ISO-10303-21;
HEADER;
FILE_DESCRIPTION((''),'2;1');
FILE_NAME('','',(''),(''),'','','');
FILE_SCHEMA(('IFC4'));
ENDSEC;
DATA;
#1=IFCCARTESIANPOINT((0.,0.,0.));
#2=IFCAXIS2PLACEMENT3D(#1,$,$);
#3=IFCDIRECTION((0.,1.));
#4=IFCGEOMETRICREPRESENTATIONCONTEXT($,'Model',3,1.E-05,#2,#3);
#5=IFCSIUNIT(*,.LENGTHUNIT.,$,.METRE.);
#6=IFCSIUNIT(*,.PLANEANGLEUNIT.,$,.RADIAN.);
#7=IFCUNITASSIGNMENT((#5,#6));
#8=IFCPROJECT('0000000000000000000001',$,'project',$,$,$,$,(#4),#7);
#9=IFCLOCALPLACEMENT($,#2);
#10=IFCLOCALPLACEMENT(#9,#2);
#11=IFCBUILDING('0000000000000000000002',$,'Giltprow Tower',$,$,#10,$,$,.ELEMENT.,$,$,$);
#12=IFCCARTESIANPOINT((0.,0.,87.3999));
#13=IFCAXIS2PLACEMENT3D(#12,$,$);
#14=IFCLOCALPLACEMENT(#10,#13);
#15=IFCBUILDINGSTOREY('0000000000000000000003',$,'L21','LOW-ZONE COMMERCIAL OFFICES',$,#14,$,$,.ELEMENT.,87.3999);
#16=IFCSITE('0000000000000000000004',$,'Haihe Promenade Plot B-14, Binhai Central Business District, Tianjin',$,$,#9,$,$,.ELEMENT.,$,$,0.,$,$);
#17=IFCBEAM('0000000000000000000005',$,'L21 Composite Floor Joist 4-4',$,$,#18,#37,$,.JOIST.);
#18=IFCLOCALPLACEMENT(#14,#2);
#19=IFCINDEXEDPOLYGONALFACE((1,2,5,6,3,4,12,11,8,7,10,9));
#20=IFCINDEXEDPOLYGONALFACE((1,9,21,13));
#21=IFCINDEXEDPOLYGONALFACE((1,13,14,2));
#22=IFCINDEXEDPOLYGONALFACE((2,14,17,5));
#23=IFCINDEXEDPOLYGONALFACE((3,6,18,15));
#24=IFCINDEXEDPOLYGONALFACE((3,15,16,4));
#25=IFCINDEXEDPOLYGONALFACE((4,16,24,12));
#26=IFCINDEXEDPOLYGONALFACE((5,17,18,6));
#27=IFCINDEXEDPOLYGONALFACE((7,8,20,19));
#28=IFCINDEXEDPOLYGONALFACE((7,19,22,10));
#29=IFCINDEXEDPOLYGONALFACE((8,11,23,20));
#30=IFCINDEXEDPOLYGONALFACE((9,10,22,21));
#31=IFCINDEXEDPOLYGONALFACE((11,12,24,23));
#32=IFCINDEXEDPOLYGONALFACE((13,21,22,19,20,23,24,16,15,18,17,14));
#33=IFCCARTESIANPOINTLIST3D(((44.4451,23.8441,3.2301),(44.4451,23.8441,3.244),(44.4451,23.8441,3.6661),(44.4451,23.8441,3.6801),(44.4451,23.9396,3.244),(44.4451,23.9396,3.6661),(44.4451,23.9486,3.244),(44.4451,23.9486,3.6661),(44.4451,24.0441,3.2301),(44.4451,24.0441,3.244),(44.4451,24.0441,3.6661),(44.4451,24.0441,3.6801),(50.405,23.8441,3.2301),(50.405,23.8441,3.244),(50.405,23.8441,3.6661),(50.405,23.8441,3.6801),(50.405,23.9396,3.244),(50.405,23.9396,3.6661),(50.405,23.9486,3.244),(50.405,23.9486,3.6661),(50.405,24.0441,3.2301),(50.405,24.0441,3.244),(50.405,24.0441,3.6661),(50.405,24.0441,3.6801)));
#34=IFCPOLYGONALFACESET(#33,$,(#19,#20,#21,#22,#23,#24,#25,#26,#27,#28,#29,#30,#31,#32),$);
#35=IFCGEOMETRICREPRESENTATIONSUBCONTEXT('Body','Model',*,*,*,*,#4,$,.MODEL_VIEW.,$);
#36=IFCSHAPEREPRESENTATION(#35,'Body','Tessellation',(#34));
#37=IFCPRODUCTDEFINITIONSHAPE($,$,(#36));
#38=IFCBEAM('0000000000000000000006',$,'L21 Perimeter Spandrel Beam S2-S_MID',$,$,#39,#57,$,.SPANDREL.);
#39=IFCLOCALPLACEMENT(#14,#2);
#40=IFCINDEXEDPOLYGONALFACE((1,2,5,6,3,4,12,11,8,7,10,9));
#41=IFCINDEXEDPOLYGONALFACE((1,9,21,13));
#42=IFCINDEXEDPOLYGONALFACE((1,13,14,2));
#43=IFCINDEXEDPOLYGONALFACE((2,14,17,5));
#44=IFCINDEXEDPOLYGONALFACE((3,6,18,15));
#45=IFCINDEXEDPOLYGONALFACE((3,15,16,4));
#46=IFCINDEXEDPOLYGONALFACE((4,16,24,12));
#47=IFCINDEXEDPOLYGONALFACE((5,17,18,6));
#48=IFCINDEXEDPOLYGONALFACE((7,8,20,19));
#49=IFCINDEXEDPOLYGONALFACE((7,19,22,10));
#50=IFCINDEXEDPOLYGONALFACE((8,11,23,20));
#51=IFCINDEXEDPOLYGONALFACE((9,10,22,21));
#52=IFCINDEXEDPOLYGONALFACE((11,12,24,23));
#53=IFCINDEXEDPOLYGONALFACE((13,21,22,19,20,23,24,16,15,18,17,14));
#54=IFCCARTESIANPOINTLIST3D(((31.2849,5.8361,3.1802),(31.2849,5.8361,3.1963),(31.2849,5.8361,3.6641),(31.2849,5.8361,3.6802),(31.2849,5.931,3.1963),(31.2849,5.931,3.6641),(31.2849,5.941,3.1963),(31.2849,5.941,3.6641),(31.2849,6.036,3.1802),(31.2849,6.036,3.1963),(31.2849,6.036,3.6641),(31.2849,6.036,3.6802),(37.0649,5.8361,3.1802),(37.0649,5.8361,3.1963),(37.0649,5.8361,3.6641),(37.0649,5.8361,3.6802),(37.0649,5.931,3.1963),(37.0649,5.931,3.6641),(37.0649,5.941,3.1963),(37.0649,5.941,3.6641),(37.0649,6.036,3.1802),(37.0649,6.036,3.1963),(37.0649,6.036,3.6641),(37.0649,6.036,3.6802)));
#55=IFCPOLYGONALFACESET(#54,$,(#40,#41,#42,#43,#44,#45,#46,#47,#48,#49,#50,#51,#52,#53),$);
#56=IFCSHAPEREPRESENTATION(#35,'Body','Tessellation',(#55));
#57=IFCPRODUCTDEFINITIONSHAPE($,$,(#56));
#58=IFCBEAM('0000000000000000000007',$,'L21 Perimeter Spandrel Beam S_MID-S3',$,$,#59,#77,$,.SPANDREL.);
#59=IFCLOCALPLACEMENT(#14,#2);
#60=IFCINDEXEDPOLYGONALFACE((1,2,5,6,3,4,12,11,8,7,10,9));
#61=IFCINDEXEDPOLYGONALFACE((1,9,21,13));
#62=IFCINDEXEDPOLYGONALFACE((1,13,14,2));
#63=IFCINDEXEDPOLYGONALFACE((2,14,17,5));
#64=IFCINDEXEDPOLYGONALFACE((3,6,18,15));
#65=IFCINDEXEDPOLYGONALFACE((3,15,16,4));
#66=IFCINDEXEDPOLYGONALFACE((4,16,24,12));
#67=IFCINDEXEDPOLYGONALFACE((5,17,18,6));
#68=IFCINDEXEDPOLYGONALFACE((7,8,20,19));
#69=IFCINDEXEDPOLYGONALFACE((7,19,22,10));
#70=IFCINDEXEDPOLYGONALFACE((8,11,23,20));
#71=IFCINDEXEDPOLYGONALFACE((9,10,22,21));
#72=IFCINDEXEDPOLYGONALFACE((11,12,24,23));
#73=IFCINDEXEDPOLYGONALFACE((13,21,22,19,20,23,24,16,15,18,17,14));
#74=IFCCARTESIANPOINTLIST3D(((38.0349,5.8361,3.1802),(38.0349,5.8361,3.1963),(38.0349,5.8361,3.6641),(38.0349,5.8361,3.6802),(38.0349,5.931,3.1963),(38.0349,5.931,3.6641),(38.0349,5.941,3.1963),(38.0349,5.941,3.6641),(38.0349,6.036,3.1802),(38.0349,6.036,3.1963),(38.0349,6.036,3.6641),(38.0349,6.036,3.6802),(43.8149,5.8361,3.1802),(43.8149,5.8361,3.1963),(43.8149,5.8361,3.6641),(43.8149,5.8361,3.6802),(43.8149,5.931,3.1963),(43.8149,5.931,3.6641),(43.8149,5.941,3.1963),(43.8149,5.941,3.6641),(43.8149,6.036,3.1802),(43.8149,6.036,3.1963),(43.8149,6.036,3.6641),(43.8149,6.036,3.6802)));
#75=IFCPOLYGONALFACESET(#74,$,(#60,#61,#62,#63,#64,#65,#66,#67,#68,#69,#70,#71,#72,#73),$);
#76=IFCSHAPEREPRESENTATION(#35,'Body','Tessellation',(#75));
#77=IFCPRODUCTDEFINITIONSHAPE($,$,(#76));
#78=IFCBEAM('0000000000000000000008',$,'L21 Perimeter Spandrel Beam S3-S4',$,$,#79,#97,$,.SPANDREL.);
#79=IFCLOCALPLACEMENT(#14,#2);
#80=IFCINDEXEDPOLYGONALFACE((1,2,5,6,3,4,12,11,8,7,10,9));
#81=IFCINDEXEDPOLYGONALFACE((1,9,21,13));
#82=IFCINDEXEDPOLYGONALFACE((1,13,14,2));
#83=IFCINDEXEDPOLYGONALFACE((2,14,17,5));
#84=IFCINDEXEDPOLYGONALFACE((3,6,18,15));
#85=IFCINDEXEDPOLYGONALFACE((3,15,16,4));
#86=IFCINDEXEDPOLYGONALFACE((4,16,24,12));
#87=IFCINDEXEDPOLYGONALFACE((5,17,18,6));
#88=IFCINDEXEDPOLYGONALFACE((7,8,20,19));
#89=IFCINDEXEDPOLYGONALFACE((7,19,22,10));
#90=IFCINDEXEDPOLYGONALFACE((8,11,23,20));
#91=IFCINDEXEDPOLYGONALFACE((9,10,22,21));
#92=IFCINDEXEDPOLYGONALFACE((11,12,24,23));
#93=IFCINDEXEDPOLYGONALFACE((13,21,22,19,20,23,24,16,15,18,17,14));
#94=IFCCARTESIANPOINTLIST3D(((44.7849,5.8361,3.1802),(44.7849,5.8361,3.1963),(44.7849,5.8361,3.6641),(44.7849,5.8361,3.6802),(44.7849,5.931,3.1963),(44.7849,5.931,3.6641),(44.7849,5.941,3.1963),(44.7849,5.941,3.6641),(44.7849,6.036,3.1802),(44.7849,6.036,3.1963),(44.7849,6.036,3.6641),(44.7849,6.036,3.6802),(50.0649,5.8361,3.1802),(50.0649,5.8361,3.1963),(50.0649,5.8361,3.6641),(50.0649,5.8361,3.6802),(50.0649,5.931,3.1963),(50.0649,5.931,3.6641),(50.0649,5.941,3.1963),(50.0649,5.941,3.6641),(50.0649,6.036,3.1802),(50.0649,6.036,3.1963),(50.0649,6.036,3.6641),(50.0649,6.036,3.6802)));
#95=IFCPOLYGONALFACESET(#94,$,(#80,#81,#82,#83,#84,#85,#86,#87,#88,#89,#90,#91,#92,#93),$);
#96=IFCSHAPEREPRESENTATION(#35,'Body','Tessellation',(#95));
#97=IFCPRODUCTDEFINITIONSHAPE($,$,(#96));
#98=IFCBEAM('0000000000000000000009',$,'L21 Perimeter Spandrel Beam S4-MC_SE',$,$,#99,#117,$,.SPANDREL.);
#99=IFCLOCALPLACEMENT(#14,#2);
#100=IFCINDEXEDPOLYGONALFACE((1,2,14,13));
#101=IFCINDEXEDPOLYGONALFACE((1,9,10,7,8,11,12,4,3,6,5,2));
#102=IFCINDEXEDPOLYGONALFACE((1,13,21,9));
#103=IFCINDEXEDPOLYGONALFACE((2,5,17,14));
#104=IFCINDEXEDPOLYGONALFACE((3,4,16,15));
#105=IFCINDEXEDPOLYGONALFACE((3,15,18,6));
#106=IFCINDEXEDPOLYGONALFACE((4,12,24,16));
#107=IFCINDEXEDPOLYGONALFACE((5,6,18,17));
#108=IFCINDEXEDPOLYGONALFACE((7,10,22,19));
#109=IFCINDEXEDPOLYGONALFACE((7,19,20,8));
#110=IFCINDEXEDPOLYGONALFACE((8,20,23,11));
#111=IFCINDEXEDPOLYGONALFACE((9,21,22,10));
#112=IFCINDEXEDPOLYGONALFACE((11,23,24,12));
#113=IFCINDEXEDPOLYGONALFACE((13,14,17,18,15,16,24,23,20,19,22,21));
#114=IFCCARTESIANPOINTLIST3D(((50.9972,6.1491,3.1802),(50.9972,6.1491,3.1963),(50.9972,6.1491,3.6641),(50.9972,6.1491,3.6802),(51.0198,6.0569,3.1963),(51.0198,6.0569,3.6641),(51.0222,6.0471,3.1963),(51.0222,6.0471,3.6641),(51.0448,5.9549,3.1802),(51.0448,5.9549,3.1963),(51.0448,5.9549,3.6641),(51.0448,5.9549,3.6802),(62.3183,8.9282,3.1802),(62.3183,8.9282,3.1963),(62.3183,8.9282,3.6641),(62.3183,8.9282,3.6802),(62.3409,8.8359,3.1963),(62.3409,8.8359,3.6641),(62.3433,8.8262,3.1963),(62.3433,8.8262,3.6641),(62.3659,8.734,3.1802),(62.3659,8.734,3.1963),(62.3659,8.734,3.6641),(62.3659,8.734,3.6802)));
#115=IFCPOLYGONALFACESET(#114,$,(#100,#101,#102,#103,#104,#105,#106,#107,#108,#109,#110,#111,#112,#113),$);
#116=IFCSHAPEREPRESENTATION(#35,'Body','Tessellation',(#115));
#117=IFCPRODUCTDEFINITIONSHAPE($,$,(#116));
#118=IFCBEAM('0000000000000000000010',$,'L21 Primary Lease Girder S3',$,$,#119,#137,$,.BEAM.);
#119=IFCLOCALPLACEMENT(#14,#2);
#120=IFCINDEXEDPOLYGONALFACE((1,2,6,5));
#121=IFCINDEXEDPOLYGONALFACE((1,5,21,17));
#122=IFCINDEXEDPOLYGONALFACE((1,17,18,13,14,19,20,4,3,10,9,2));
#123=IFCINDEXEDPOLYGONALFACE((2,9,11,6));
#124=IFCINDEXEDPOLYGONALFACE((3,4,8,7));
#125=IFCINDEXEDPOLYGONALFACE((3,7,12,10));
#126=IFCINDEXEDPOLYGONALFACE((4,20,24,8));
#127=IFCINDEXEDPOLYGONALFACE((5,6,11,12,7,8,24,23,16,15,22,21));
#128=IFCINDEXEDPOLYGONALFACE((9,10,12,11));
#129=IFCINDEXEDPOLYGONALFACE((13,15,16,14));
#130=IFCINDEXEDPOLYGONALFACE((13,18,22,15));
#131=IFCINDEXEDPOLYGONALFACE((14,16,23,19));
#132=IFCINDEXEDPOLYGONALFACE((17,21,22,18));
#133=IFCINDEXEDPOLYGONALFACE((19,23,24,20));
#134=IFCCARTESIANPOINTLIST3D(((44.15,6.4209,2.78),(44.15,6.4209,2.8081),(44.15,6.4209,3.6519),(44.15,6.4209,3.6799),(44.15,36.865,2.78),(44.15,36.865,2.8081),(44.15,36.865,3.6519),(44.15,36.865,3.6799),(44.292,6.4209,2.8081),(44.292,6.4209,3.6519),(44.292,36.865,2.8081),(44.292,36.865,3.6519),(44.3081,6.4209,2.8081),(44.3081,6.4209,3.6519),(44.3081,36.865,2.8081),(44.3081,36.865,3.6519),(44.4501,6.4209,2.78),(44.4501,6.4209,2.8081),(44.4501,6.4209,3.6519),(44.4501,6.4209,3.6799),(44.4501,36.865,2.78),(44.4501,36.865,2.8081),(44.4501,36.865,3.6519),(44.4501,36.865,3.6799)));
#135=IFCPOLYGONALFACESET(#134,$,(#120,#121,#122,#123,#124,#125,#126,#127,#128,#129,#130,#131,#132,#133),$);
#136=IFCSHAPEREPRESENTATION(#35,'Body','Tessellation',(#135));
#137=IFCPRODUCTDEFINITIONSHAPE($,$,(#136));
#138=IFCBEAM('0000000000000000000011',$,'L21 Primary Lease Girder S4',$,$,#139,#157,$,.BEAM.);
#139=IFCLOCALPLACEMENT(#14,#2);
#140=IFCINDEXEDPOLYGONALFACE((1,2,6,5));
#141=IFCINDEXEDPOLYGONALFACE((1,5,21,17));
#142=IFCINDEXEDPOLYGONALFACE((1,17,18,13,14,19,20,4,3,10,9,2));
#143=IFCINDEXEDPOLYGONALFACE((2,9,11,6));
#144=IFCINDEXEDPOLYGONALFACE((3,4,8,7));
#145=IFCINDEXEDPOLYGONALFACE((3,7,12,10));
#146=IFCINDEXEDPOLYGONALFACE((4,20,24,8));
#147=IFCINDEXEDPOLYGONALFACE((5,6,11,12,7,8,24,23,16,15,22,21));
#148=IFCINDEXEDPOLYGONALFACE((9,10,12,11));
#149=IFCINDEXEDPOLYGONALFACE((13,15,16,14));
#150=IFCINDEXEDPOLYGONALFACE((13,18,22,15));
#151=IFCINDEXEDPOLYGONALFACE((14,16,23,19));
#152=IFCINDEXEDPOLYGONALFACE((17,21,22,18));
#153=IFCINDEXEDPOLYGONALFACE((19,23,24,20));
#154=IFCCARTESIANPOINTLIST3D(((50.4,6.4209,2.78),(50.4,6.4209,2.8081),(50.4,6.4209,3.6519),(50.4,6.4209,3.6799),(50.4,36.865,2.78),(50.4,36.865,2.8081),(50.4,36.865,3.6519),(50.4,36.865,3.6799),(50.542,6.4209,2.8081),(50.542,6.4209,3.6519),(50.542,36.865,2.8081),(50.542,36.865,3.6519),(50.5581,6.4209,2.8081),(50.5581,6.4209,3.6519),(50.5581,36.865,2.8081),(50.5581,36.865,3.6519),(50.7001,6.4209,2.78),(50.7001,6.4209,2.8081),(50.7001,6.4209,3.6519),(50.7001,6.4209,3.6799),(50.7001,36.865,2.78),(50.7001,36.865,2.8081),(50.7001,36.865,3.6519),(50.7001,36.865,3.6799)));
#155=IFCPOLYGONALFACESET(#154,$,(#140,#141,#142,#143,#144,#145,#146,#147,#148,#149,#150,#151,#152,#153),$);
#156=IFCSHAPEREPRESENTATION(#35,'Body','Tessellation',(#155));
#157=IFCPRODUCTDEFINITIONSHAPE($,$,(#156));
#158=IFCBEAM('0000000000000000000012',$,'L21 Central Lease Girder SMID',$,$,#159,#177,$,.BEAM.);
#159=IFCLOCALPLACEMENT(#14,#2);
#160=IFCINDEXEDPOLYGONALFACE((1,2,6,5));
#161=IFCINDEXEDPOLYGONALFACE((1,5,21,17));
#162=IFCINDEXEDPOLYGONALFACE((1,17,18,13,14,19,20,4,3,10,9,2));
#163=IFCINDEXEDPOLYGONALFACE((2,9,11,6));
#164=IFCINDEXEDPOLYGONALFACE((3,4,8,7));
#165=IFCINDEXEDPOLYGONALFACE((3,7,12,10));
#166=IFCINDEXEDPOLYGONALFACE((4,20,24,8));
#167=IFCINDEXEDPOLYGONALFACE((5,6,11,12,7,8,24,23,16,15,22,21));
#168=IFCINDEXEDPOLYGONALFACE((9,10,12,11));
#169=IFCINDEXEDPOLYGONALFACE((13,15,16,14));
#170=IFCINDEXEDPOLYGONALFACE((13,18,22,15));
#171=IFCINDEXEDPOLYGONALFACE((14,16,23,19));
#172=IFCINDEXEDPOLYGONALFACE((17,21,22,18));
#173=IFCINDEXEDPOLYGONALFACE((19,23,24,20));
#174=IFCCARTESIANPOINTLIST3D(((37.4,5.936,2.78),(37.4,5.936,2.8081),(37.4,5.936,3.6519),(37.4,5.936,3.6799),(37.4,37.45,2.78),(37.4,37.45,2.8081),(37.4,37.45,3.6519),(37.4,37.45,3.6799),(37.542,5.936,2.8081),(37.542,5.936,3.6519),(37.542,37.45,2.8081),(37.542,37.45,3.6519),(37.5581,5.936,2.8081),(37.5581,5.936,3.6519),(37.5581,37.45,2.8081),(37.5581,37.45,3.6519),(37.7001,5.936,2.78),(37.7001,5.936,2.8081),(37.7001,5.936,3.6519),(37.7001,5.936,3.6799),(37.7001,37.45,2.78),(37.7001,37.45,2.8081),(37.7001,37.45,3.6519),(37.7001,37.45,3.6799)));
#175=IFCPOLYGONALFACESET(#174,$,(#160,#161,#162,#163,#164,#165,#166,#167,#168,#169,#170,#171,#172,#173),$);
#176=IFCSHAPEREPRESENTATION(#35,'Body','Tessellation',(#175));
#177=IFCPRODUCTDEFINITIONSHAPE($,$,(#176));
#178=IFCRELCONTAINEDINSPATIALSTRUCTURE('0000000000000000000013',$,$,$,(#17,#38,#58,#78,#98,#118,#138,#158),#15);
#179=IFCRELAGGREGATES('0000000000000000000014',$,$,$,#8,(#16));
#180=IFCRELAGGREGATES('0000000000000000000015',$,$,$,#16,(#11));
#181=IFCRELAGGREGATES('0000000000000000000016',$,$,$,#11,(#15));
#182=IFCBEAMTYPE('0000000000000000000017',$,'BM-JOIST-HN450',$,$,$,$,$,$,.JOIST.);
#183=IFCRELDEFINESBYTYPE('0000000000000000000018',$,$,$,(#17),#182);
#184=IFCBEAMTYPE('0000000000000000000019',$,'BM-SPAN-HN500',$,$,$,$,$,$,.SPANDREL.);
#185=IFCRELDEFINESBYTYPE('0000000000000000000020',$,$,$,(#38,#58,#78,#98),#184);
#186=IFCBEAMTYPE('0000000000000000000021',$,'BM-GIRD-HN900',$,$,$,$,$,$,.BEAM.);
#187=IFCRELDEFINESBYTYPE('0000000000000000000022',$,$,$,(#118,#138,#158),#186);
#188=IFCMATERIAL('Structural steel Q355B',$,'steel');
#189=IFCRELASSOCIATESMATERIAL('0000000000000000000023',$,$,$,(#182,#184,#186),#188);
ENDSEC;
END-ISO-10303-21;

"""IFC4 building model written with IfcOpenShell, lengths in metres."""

from ifc_helpers import new_model, si_unit, direction, frame, origin, origin_2d, place, context, subcontext, project, spatial, i_section, extrude, source, transform, mapped, material, material_profile, profile_set, type_object, element, save


model = new_model("IFC4")

# Units and contexts
model_context = context("Model", 3, precision=1e-05, world=origin(), true_north=direction((0.0, 1.0)))
body_context = subcontext(model_context, "Body", "Model", "MODEL_VIEW")
ifc_project = project(units=[si_unit("LENGTHUNIT", "METRE"), si_unit("PLANEANGLEUNIT", "RADIAN")], contexts=[model_context])

# Site, building, storey
site_placement = place(None, origin())
site = spatial("IfcSite", under=ifc_project, at=site_placement, Name="Haihe Promenade Plot B-14, Binhai Central Business District, Tianjin", CompositionType="ELEMENT", RefElevation=0.0)
building_placement = place(site_placement, origin())
building = spatial("IfcBuilding", under=site, at=building_placement, Name="Giltprow Tower", CompositionType="ELEMENT")
storey_placement = place(building_placement, frame((0.0, 0.0, 87.3999)))
storey = spatial("IfcBuildingStorey", under=building, at=storey_placement, Name="L21", Description="LOW-ZONE COMMERCIAL OFFICES", CompositionType="ELEMENT", Elevation=87.3999)

# Beams
ifc_material_1 = material(Name="Structural steel Q355B", Category="steel")
ifc_material_profile_1 = material_profile(ifc_material_1, i_section(OverallWidth=0.2, OverallDepth=0.45, WebThickness=0.009, FlangeThickness=0.0139, at=origin_2d()), Name="HN 450x200x9x14")
ifc_profile_set_1 = profile_set([ifc_material_profile_1], Name="Structural steel Q355B")
beam_type_1 = type_object("IfcBeamType", Name="BM-JOIST-HN450", PredefinedType="JOIST", material=ifc_profile_set_1)
shared_shape_1 = source(origin(), body_context, "Body", "SweptSolid", [
    extrude(i_section(OverallWidth=0.2, OverallDepth=0.45, WebThickness=0.009, FlangeThickness=0.0139, at=origin_2d()), origin(), (0.0, 0.0, 1.0), 5.96),
])
for number, where, z_axis, x_axis, name in (
    (1, (44.4451, 23.9441, 3.4551), (1.0, 0.0, 0.0), (0.0, 1.0, 0.0), "L21 Composite Floor Joist 4-4"),
):
    element("IfcBeam", number, at=place(storey_placement, frame(where, z_axis=z_axis, x_axis=x_axis)), inside=storey, type_object=beam_type_1, Name=name, PredefinedType="JOIST", context=body_context, shape_type="MappedRepresentation", body=[
        mapped(shared_shape_1, transform((0.0, 0.0, 0.0), x_axis=(1.0, 0.0, 0.0), y_axis=(0.0, 1.0, 0.0), z_axis=(0.0, 0.0, 1.0), scale=1.0)),
    ])
ifc_material_profile_2 = material_profile(ifc_material_1, i_section(OverallWidth=0.2, OverallDepth=0.5, WebThickness=0.01, FlangeThickness=0.0161, at=origin_2d()), Name="HN 500x200x10x16")
ifc_profile_set_2 = profile_set([ifc_material_profile_2], Name="Structural steel Q355B")
beam_type_2 = type_object("IfcBeamType", Name="BM-SPAN-HN500", PredefinedType="SPANDREL", material=ifc_profile_set_2)
shared_shape_2 = source(origin(), body_context, "Body", "SweptSolid", [
    extrude(i_section(OverallWidth=0.2, OverallDepth=0.5, WebThickness=0.01, FlangeThickness=0.0161, at=origin_2d()), origin(), (0.0, 0.0, 1.0), 5.78),
])
for number, where, z_axis, x_axis, name in (
    (2, (31.2849, 5.936, 3.4302), (1.0, 0.0, 0.0), (0.0, 1.0, 0.0), "L21 Perimeter Spandrel Beam S2-S_MID"),
    (3, (38.0349, 5.936, 3.4302), (1.0, 0.0, 0.0), (0.0, 1.0, 0.0), "L21 Perimeter Spandrel Beam S_MID-S3"),
):
    element("IfcBeam", number, at=place(storey_placement, frame(where, z_axis=z_axis, x_axis=x_axis)), inside=storey, type_object=beam_type_2, Name=name, PredefinedType="SPANDREL", context=body_context, shape_type="MappedRepresentation", body=[
        mapped(shared_shape_2, transform((0.0, 0.0, 0.0), x_axis=(1.0, 0.0, 0.0), y_axis=(0.0, 1.0, 0.0), z_axis=(0.0, 0.0, 1.0), scale=1.0)),
    ])
shared_shape_3 = source(origin(), body_context, "Body", "SweptSolid", [
    extrude(i_section(OverallWidth=0.2, OverallDepth=0.5, WebThickness=0.01, FlangeThickness=0.0161, at=origin_2d()), origin(), (0.0, 0.0, 1.0), 5.28),
])
beam_1_placement = place(storey_placement, frame((44.7849, 5.936, 3.4302), z_axis=(1.0, 0.0, 0.0), x_axis=(0.0, 1.0, 0.0)))
element("IfcBeam", 4, at=beam_1_placement, inside=storey, type_object=beam_type_2, Name="L21 Perimeter Spandrel Beam S3-S4", PredefinedType="SPANDREL", context=body_context, shape_type="MappedRepresentation", body=[
    mapped(shared_shape_3, transform((0.0, 0.0, 0.0), x_axis=(1.0, 0.0, 0.0), y_axis=(0.0, 1.0, 0.0), z_axis=(0.0, 0.0, 1.0), scale=1.0)),
])
shared_shape_4 = source(origin(), body_context, "Body", "SweptSolid", [
    extrude(i_section(OverallWidth=0.2, OverallDepth=0.5, WebThickness=0.01, FlangeThickness=0.0161, at=origin_2d()), origin(), (0.0, 0.0, 1.0), 11.6572),
])
beam_2_placement = place(storey_placement, frame((51.021, 6.052, 3.4302), z_axis=(0.971167, 0.238399, 0.0), x_axis=(-0.238399, 0.971167, 0.0)))
element("IfcBeam", 5, at=beam_2_placement, inside=storey, type_object=beam_type_2, Name="L21 Perimeter Spandrel Beam S4-MC_SE", PredefinedType="SPANDREL", context=body_context, shape_type="MappedRepresentation", body=[
    mapped(shared_shape_4, transform((0.0, 0.0, 0.0), x_axis=(1.0, 0.0, 0.0), y_axis=(0.0, 1.0, 0.0), z_axis=(0.0, 0.0, 1.0), scale=1.0)),
])
ifc_material_profile_3 = material_profile(ifc_material_1, i_section(OverallWidth=0.3, OverallDepth=0.8999, WebThickness=0.0161, FlangeThickness=0.0281, at=origin_2d()), Name="HN 900x300x16x28")
ifc_profile_set_3 = profile_set([ifc_material_profile_3], Name="Structural steel Q355B")
beam_type_3 = type_object("IfcBeamType", Name="BM-GIRD-HN900", PredefinedType="BEAM", material=ifc_profile_set_3)
shared_shape_5 = source(origin(), body_context, "Body", "SweptSolid", [
    extrude(i_section(OverallWidth=0.3, OverallDepth=0.8999, WebThickness=0.0161, FlangeThickness=0.0281, at=origin_2d()), origin(), (0.0, 0.0, 1.0), 30.4441),
])
for number, where, z_axis, x_axis, name in (
    (6, (44.3, 6.4209, 3.23), (0.0, 1.0, 0.0), (-1.0, 0.0, 0.0), "L21 Primary Lease Girder S3"),
    (7, (50.55, 6.4209, 3.23), (0.0, 1.0, 0.0), (-1.0, 0.0, 0.0), "L21 Primary Lease Girder S4"),
):
    element("IfcBeam", number, at=place(storey_placement, frame(where, z_axis=z_axis, x_axis=x_axis)), inside=storey, type_object=beam_type_3, Name=name, PredefinedType="BEAM", context=body_context, shape_type="MappedRepresentation", body=[
        mapped(shared_shape_5, transform((0.0, 0.0, 0.0), x_axis=(1.0, 0.0, 0.0), y_axis=(0.0, 1.0, 0.0), z_axis=(0.0, 0.0, 1.0), scale=1.0)),
    ])
shared_shape_6 = source(origin(), body_context, "Body", "SweptSolid", [
    extrude(i_section(OverallWidth=0.3, OverallDepth=0.8999, WebThickness=0.0161, FlangeThickness=0.0281, at=origin_2d()), origin(), (0.0, 0.0, 1.0), 31.5139),
])
beam_3_placement = place(storey_placement, frame((37.55, 5.936, 3.23), z_axis=(0.0, 1.0, 0.0), x_axis=(-1.0, 0.0, 0.0)))
element("IfcBeam", 8, at=beam_3_placement, inside=storey, type_object=beam_type_3, Name="L21 Central Lease Girder SMID", PredefinedType="BEAM", context=body_context, shape_type="MappedRepresentation", body=[
    mapped(shared_shape_6, transform((0.0, 0.0, 0.0), x_axis=(1.0, 0.0, 0.0), y_axis=(0.0, 1.0, 0.0), z_axis=(0.0, 0.0, 1.0), scale=1.0)),
])

save(model, "model.ifc")
